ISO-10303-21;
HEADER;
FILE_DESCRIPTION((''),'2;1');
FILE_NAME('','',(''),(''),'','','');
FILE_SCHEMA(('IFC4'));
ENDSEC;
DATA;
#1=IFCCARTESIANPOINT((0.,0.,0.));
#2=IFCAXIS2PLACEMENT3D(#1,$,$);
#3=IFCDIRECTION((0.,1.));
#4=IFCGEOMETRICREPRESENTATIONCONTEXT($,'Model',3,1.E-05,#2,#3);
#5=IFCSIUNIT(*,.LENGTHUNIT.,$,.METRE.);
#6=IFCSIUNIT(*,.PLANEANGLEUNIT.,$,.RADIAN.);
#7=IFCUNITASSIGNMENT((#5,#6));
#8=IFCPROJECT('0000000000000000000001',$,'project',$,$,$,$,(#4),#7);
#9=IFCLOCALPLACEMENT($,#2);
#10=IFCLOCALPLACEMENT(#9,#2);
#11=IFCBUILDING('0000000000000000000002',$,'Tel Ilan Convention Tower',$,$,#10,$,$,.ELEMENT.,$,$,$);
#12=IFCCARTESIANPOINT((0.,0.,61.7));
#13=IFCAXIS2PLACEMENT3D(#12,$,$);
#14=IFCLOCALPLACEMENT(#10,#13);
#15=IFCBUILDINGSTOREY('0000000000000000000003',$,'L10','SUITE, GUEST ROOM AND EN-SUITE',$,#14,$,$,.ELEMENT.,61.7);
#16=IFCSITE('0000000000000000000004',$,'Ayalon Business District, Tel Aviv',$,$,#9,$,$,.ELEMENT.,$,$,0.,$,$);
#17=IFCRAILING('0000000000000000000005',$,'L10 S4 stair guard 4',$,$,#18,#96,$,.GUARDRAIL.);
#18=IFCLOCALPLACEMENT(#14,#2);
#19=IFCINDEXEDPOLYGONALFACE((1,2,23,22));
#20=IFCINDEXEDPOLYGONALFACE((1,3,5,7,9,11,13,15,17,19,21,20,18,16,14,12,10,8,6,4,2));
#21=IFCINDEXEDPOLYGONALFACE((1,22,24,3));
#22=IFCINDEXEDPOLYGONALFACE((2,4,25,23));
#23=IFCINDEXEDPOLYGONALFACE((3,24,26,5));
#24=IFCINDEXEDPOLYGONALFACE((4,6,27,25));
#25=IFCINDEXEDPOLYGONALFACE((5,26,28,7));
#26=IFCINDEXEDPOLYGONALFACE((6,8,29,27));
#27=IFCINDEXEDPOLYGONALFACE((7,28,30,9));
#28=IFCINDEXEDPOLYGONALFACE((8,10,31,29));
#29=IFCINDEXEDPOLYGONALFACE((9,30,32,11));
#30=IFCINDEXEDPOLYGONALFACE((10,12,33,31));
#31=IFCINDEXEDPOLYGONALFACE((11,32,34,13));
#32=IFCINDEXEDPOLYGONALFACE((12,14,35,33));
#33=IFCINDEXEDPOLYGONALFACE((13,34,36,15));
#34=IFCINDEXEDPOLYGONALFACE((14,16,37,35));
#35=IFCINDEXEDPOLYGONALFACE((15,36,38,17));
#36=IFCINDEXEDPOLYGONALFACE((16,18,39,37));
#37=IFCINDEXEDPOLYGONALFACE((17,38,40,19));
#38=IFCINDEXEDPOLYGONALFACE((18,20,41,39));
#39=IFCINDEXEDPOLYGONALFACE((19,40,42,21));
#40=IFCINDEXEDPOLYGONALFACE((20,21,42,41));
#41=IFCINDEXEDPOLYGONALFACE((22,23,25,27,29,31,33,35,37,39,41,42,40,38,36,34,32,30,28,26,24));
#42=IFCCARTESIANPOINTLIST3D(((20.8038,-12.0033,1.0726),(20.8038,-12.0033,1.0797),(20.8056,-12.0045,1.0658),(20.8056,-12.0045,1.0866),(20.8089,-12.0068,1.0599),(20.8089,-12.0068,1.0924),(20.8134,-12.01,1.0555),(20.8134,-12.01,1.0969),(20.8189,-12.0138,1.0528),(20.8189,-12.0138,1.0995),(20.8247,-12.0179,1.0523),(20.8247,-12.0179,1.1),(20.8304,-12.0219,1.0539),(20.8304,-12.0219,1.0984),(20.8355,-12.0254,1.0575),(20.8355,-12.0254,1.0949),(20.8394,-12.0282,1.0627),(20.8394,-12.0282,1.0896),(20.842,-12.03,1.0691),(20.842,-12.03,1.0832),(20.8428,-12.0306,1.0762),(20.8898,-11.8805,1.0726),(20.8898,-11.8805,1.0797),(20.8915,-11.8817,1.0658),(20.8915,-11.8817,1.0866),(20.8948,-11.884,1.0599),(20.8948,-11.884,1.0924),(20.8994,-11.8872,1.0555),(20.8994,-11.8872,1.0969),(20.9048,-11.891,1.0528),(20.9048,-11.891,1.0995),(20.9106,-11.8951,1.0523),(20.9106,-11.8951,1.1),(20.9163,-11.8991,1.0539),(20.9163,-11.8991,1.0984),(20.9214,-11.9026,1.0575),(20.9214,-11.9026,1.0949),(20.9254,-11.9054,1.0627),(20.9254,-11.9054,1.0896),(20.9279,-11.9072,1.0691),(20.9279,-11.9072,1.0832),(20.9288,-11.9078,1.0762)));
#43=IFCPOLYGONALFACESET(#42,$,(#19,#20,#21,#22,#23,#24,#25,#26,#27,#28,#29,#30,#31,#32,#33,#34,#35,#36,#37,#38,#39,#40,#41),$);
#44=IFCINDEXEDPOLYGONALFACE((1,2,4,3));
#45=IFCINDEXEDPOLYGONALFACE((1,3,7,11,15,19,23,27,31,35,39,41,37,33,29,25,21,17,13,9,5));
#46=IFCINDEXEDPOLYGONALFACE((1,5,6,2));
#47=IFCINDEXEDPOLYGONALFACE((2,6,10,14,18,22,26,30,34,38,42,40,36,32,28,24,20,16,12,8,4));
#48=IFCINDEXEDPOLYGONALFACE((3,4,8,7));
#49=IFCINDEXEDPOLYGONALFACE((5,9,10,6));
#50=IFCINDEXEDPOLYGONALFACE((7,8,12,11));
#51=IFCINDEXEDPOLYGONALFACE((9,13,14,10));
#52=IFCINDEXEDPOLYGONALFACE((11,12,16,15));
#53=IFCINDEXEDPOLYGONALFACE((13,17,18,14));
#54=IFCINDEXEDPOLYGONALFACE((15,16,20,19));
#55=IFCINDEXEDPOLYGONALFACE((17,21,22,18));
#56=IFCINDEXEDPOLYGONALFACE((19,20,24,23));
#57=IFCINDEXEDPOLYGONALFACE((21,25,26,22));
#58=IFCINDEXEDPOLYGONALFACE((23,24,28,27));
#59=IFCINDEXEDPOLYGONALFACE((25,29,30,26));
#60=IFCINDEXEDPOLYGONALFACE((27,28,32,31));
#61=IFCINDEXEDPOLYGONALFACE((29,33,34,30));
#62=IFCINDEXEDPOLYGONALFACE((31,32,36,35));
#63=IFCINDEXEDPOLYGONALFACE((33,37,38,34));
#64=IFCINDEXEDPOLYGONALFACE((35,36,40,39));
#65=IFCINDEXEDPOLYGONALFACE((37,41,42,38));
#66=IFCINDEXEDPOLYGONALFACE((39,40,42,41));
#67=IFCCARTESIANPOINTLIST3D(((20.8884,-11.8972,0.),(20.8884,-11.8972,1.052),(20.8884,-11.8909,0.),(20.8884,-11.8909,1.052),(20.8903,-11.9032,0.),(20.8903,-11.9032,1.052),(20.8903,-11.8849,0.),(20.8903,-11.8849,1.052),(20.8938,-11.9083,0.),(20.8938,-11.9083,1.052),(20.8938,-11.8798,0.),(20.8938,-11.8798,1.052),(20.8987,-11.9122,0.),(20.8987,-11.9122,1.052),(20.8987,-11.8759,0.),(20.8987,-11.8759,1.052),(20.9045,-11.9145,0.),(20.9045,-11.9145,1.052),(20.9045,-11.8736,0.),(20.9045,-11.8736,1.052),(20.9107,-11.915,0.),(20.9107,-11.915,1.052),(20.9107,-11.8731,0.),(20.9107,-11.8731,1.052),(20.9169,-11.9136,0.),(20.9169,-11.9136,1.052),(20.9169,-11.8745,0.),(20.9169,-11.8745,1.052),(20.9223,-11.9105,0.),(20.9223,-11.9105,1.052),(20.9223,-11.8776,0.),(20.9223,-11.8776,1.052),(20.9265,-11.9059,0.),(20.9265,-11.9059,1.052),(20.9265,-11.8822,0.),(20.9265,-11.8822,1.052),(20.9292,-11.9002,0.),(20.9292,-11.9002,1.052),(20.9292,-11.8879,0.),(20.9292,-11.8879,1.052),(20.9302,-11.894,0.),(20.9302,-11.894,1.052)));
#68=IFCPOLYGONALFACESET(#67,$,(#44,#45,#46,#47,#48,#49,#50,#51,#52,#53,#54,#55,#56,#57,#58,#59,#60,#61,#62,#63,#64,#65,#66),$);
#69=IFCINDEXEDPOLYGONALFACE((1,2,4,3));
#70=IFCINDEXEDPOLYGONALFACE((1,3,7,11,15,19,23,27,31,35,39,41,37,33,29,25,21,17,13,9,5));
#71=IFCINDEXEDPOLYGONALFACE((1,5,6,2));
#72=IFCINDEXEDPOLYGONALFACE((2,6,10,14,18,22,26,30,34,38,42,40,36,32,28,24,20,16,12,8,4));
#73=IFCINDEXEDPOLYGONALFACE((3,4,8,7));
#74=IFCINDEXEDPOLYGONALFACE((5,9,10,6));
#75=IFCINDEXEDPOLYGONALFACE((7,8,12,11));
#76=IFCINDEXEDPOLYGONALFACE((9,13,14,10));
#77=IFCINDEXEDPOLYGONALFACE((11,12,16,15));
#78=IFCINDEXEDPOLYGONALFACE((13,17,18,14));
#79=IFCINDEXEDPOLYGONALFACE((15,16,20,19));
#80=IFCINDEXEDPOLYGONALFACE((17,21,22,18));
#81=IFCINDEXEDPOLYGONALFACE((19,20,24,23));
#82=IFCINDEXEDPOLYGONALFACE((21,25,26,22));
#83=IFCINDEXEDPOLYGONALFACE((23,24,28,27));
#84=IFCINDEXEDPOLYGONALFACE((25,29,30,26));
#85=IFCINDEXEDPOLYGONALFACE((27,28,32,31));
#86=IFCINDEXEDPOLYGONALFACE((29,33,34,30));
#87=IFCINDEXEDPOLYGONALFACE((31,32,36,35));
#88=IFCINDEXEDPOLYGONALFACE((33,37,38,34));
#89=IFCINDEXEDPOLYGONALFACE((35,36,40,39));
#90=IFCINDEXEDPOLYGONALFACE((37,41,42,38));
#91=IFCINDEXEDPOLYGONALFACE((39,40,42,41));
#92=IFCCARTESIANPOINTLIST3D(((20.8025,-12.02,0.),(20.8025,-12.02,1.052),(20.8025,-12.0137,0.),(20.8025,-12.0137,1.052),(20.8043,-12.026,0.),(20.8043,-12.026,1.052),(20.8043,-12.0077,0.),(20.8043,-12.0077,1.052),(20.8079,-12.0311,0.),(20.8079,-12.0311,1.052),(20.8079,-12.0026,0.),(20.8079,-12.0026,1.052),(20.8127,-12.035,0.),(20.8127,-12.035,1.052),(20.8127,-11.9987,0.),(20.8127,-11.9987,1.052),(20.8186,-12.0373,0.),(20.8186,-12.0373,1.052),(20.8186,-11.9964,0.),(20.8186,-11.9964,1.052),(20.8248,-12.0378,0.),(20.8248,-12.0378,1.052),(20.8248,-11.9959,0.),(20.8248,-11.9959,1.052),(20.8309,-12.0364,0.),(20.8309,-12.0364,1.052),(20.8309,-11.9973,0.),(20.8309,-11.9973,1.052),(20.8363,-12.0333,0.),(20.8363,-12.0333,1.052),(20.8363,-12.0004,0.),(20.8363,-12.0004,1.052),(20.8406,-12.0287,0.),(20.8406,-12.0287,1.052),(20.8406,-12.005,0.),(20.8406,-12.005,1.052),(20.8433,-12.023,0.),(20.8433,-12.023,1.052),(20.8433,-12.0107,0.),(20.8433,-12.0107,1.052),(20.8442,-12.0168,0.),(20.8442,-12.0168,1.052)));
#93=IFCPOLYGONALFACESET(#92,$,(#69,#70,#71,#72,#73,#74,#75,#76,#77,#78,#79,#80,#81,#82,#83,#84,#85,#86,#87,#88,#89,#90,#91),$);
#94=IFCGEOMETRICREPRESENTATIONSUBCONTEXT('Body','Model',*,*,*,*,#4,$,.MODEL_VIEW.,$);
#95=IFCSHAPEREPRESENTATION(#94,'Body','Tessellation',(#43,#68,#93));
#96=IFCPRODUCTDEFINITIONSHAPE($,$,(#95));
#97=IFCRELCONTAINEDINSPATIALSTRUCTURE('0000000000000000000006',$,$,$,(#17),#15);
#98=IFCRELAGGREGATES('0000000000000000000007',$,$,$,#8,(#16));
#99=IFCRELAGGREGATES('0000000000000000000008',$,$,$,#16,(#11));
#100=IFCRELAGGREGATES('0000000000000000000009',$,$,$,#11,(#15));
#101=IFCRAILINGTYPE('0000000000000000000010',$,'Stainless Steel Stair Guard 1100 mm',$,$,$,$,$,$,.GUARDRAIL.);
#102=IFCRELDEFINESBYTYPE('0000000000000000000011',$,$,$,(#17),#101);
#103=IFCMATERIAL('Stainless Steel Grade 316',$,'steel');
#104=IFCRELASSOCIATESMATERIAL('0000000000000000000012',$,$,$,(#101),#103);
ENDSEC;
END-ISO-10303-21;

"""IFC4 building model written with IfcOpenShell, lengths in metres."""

from ifc_helpers import new_model, si_unit, direction, frame, origin, origin_2d, place, context, subcontext, project, spatial, circle, extrude, material, type_object, element, save


model = new_model("IFC4")

# Units and contexts
model_context = context("Model", 3, precision=1e-05, world=origin(), true_north=direction((0.0, 1.0)))
body_context = subcontext(model_context, "Body", "Model", "MODEL_VIEW")
ifc_project = project(units=[si_unit("LENGTHUNIT", "METRE"), si_unit("PLANEANGLEUNIT", "RADIAN")], contexts=[model_context])

# Site, building, storey
site_placement = place(None, origin())
site = spatial("IfcSite", under=ifc_project, at=site_placement, Name="Ayalon Business District, Tel Aviv", CompositionType="ELEMENT", RefElevation=0.0)
building_placement = place(site_placement, origin())
building = spatial("IfcBuilding", under=site, at=building_placement, Name="Tel Ilan Convention Tower", CompositionType="ELEMENT")
storey_placement = place(building_placement, frame((0.0, 0.0, 61.7)))
storey = spatial("IfcBuildingStorey", under=building, at=storey_placement, Name="L10", Description="SUITE, GUEST ROOM AND EN-SUITE", CompositionType="ELEMENT", Elevation=61.7)

# Railing
ifc_material_1 = material(Name="Stainless Steel Grade 316", Category="steel")
railing_type_1 = type_object("IfcRailingType", Name="Stainless Steel Stair Guard 1100 mm", PredefinedType="GUARDRAIL", material=ifc_material_1)
railing_1_placement = place(storey_placement, frame((20.9092, -11.894, 0.0)))
element("IfcRailing", 1, at=railing_1_placement, inside=storey, type_object=railing_type_1, Name="L10 S4 stair guard 4", PredefinedType="GUARDRAIL", context=body_context, shape_type="SweptSolid", body=[
    extrude(circle(Radius=0.0239, at=origin_2d()), frame((0.0, 0.0, 1.0762), z_axis=(-0.573353, -0.819308, 0.0), x_axis=(0.819308, -0.573353, 0.0)), (0.0, 0.0, 1.0), 0.1499),
    extrude(circle(Radius=0.021, at=origin_2d()), origin(), (0.0, 0.0, 1.0), 1.052),
    extrude(circle(Radius=0.021, at=origin_2d()), frame((-0.0859, -0.1228, 0.0)), (0.0, 0.0, 1.0), 1.052),
])

save(model, "model.ifc")
